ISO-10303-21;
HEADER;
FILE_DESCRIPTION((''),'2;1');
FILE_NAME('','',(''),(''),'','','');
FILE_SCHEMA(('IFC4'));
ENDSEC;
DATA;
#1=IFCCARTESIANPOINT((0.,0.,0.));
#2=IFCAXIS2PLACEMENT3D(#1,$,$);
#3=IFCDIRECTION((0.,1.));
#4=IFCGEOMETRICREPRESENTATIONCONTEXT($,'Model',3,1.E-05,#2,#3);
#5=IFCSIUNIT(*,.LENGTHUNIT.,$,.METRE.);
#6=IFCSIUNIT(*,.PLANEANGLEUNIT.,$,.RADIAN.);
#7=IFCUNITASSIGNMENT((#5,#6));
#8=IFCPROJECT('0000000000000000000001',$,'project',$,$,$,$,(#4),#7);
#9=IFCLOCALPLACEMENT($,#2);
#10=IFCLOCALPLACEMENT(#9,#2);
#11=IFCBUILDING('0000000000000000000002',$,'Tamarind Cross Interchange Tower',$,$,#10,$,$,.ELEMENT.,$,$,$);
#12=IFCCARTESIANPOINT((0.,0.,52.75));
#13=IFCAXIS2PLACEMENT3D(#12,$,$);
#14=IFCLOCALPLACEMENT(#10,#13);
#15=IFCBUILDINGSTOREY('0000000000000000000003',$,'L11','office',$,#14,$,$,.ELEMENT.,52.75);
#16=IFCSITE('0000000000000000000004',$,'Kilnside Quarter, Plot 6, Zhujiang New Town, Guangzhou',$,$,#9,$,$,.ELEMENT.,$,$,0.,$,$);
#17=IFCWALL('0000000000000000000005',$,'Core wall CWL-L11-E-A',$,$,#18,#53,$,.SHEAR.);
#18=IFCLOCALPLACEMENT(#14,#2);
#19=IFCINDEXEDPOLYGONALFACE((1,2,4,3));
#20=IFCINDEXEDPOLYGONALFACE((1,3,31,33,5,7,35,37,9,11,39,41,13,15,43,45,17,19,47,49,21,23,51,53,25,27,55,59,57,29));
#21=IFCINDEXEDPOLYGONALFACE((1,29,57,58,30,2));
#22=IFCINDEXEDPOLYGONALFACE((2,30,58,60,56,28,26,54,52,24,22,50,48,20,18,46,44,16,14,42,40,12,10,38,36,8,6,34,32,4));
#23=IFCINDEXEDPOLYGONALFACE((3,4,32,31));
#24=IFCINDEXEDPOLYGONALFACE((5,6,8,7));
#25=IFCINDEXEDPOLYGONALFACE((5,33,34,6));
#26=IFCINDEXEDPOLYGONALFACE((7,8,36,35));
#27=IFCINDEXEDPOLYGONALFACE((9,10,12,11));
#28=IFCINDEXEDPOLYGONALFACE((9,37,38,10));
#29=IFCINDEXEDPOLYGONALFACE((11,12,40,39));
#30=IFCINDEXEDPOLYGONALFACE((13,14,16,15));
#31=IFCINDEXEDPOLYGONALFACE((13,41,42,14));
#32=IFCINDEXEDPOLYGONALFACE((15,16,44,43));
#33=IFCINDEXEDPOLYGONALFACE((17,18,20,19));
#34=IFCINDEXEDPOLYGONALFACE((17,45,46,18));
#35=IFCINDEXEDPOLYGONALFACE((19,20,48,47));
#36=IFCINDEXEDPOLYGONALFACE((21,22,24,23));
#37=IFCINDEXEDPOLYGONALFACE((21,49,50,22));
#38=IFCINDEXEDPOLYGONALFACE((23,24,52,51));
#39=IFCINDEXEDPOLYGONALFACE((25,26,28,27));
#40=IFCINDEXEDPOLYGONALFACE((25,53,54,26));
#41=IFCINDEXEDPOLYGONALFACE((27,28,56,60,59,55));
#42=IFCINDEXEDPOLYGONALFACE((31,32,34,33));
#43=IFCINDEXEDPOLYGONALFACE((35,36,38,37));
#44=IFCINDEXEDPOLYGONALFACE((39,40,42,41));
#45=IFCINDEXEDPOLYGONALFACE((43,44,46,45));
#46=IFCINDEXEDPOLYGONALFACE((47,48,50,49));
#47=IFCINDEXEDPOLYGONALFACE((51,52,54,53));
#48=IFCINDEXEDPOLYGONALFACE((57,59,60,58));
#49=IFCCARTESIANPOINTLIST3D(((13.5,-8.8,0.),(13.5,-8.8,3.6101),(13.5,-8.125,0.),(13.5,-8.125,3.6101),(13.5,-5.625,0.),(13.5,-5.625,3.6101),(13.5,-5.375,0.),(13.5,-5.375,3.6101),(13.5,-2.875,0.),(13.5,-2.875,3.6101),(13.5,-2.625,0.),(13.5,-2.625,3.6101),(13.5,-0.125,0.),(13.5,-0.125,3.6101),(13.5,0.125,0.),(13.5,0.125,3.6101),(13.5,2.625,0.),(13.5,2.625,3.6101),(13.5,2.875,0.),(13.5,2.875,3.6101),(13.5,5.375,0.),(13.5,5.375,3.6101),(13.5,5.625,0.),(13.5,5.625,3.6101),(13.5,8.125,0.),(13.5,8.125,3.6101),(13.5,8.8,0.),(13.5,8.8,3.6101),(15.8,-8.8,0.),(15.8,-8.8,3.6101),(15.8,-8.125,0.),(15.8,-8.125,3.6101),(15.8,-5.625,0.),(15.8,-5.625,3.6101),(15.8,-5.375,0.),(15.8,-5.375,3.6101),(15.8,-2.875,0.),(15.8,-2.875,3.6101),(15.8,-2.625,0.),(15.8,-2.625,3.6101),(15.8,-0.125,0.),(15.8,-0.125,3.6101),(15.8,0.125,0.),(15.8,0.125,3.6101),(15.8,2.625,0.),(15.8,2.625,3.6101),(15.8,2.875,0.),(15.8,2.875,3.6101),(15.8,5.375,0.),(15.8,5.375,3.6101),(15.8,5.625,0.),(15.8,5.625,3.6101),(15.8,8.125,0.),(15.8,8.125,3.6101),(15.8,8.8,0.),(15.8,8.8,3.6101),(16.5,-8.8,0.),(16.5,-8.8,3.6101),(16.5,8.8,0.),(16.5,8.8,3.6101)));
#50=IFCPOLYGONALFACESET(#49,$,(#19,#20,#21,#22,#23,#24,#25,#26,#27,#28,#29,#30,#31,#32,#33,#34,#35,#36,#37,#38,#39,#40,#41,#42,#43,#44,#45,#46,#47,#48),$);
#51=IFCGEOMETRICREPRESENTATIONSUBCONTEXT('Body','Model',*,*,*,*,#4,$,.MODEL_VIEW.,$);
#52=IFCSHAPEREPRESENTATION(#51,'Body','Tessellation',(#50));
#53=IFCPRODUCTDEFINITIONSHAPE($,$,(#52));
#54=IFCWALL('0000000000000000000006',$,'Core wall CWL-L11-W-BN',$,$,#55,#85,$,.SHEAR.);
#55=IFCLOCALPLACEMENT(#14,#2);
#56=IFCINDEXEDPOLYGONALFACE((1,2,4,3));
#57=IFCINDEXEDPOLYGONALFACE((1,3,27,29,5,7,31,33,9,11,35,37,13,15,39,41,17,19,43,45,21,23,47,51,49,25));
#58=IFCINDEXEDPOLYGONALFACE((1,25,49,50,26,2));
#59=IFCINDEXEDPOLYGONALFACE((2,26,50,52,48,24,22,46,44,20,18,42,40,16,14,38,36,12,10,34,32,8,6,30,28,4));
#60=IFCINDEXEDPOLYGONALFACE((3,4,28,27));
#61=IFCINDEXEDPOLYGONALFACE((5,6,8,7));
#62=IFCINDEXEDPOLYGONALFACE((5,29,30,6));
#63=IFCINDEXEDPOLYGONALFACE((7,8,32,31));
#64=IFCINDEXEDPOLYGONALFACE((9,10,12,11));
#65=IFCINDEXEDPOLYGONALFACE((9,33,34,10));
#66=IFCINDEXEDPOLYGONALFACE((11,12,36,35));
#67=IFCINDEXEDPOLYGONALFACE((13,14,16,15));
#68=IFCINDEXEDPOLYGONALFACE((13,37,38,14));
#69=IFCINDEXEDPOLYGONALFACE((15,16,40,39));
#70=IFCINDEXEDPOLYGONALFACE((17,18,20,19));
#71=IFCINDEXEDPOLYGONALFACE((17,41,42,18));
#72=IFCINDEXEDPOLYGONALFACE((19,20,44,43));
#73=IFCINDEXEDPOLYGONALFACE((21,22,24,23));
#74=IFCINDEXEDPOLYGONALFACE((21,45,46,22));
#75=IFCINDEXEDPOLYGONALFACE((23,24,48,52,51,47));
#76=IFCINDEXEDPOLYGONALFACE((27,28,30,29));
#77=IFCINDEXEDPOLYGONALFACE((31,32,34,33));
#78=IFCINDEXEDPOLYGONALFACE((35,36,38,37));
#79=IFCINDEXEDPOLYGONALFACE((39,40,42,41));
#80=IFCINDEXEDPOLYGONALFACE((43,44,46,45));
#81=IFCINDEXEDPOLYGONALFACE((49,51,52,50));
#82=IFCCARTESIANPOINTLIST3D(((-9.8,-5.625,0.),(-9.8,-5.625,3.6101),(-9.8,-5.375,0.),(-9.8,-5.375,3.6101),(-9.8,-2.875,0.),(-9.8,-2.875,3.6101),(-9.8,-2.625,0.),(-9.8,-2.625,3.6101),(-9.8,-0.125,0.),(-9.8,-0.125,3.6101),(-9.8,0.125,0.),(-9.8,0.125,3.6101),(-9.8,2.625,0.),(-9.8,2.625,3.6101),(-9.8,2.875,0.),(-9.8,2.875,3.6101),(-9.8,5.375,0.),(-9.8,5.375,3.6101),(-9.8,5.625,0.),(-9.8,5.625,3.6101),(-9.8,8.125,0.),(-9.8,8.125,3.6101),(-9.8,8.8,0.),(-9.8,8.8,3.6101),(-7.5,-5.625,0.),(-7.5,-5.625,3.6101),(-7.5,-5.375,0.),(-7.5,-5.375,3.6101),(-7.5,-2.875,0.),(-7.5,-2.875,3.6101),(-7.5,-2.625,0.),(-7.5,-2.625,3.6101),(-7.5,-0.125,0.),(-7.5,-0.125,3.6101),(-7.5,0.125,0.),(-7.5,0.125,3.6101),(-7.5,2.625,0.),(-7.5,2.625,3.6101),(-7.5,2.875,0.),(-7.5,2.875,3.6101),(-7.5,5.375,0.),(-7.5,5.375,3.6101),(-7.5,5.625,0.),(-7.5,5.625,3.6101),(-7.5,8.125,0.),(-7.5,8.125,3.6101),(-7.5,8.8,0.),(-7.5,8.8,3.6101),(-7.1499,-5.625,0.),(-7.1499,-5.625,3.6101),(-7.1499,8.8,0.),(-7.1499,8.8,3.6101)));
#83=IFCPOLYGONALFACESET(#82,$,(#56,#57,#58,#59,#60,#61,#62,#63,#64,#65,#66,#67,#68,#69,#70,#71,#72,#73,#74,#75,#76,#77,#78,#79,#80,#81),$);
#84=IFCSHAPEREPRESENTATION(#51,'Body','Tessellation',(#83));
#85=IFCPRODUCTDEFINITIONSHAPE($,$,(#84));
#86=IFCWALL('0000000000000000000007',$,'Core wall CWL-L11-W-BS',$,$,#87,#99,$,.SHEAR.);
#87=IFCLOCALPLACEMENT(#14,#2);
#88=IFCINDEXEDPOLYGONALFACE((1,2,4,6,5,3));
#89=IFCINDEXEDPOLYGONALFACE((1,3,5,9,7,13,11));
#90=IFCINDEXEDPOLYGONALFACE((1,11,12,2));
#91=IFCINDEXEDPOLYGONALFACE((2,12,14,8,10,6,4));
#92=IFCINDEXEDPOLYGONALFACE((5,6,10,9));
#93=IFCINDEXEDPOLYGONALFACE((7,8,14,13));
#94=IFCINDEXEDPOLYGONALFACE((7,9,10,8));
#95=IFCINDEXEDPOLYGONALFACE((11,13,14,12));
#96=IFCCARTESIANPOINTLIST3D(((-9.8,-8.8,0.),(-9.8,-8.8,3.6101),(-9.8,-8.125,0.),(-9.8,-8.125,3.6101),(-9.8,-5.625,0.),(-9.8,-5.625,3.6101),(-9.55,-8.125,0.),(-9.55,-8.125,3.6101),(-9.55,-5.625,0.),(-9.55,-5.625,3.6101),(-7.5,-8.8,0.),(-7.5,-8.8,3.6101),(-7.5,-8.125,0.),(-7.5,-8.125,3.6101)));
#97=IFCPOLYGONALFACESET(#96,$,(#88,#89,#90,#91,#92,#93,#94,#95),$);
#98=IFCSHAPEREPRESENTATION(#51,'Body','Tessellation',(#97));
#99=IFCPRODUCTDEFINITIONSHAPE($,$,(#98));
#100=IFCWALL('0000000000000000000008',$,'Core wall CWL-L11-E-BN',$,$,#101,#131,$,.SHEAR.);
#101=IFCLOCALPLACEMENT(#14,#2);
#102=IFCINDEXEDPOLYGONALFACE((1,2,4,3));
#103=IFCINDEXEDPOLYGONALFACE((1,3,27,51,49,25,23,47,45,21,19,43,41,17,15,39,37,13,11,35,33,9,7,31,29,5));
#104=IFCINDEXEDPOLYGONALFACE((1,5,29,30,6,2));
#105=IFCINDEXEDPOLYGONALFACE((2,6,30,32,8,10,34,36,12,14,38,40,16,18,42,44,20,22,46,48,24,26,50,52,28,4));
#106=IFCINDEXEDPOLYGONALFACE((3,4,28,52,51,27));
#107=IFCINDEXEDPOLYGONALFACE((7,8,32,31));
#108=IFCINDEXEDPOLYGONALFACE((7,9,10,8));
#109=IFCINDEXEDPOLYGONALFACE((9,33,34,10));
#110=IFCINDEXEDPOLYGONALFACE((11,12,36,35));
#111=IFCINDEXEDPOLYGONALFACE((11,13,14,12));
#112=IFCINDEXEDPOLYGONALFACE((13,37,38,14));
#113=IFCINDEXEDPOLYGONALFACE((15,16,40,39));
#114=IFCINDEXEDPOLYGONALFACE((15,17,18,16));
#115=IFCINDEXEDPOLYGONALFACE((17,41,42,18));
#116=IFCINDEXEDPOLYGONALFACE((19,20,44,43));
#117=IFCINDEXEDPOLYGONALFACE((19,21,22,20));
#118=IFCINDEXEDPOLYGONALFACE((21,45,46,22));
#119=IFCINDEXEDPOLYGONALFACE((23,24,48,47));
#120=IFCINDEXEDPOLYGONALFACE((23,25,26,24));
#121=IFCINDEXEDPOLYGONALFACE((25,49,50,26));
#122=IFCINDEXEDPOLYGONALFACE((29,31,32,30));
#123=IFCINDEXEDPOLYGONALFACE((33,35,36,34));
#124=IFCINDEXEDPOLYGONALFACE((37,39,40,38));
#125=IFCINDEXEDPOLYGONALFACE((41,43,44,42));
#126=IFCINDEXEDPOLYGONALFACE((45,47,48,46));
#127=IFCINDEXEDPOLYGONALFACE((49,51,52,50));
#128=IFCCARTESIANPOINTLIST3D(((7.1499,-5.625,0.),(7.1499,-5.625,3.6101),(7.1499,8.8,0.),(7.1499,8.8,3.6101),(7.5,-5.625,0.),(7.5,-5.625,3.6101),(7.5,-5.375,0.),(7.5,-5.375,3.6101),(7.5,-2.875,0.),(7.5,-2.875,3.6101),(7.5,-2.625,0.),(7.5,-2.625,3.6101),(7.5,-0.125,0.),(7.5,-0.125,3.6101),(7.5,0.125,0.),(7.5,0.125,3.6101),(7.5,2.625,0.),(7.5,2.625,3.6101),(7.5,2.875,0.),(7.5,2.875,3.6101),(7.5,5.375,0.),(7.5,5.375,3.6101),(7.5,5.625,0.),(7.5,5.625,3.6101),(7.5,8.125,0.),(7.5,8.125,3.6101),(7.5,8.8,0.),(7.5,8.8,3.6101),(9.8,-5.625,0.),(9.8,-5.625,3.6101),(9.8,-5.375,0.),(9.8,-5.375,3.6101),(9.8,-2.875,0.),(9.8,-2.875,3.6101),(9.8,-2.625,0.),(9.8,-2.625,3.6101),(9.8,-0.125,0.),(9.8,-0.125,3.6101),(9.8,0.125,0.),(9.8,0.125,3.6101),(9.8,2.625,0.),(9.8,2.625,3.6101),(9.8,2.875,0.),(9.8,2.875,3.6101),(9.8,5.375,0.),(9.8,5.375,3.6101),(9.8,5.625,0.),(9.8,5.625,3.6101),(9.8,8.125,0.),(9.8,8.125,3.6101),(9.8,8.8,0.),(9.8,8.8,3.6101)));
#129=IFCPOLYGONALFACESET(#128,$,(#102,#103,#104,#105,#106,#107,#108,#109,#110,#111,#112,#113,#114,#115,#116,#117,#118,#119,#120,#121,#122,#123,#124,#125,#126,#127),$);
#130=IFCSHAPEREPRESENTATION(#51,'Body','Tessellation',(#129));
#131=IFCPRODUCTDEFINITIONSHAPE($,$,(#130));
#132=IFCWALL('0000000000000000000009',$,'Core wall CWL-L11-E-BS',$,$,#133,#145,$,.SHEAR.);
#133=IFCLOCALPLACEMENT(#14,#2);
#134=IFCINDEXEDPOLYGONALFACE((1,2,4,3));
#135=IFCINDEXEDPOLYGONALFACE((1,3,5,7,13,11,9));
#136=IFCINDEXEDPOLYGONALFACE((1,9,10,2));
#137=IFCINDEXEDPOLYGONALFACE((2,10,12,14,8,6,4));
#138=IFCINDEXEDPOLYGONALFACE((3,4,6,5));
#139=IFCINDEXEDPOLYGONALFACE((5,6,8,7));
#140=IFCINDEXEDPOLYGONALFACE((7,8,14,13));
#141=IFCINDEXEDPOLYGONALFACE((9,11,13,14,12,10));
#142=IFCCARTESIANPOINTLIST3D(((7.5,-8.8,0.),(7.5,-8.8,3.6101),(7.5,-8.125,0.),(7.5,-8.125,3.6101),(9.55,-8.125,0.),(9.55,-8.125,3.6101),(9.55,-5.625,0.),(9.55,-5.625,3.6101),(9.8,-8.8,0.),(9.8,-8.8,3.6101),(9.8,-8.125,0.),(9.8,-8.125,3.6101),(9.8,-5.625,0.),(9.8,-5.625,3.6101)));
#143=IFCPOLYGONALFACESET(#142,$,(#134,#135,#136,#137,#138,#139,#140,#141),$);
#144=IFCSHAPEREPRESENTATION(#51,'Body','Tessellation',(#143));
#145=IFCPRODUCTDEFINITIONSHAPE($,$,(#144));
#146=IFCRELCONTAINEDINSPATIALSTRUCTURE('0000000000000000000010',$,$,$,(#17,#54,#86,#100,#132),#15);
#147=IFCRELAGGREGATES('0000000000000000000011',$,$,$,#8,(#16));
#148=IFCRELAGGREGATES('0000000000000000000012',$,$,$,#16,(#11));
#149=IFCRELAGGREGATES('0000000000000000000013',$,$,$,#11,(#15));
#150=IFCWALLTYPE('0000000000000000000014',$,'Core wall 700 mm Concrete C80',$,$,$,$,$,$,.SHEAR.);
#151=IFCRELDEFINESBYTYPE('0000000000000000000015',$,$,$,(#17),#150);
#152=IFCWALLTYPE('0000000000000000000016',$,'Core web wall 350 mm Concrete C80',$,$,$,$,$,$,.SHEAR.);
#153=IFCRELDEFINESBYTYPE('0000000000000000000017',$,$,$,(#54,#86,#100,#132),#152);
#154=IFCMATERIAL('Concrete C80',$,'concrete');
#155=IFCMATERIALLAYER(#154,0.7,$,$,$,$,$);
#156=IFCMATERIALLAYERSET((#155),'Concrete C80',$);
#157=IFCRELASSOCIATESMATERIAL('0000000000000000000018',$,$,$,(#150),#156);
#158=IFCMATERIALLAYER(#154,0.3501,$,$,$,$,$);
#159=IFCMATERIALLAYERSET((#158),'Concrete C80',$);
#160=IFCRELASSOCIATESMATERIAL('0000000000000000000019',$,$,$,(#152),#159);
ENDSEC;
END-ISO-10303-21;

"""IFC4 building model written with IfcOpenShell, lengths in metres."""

from ifc_helpers import new_model, si_unit, direction, frame, origin, place, context, subcontext, project, spatial, polyline, outline, extrude, material, layer, layer_set, type_object, element, save


model = new_model("IFC4")

# Units and contexts
model_context = context("Model", 3, precision=1e-05, world=origin(), true_north=direction((0.0, 1.0)))
body_context = subcontext(model_context, "Body", "Model", "MODEL_VIEW")
ifc_project = project(units=[si_unit("LENGTHUNIT", "METRE"), si_unit("PLANEANGLEUNIT", "RADIAN")], contexts=[model_context])

# Site, building, storey
site_placement = place(None, origin())
site = spatial("IfcSite", under=ifc_project, at=site_placement, Name="Kilnside Quarter, Plot 6, Zhujiang New Town, Guangzhou", CompositionType="ELEMENT", RefElevation=0.0)
building_placement = place(site_placement, origin())
building = spatial("IfcBuilding", under=site, at=building_placement, Name="Tamarind Cross Interchange Tower", CompositionType="ELEMENT")
storey_placement = place(building_placement, frame((0.0, 0.0, 52.75)))
storey = spatial("IfcBuildingStorey", under=building, at=storey_placement, Name="L11", Description="office", CompositionType="ELEMENT", Elevation=52.75)

# Walls
ifc_material_1 = material(Name="Concrete C80", Category="concrete")
ifc_layer_1 = layer(ifc_material_1, 0.7)
ifc_layer_set_1 = layer_set([ifc_layer_1], Name="Concrete C80")
wall_type_1 = type_object("IfcWallType", Name="Core wall 700 mm Concrete C80", PredefinedType="SHEAR", material=ifc_layer_set_1)
wall_1_placement = place(storey_placement, origin())
element("IfcWall", 1, at=wall_1_placement, inside=storey, type_object=wall_type_1, Name="Core wall CWL-L11-E-A", PredefinedType="SHEAR", context=body_context, shape_type="SweptSolid", body=[
    extrude(outline(polyline([(13.5, -8.8), (15.8, -8.8), (16.5, -8.8), (16.5, 8.8), (15.8, 8.8), (13.5, 8.8), (13.5, 8.125), (15.8, 8.125), (15.8, 5.625), (13.5, 5.625), (13.5, 5.375), (15.8, 5.375), (15.8, 2.875), (13.5, 2.875), (13.5, 2.625), (15.8, 2.625), (15.8, 0.125), (13.5, 0.125), (13.5, -0.125), (15.8, -0.125), (15.8, -2.625), (13.5, -2.625), (13.5, -2.875), (15.8, -2.875), (15.8, -5.375), (13.5, -5.375), (13.5, -5.625), (15.8, -5.625), (15.8, -8.125), (13.5, -8.125), (13.5, -8.8)])), origin(), (0.0, 0.0, 1.0), 3.6101),
])
ifc_layer_2 = layer(ifc_material_1, 0.3501)
ifc_layer_set_2 = layer_set([ifc_layer_2], Name="Concrete C80")
wall_type_2 = type_object("IfcWallType", Name="Core web wall 350 mm Concrete C80", PredefinedType="SHEAR", material=ifc_layer_set_2)
wall_2_placement = place(storey_placement, origin())
element("IfcWall", 2, at=wall_2_placement, inside=storey, type_object=wall_type_2, Name="Core wall CWL-L11-W-BN", PredefinedType="SHEAR", context=body_context, shape_type="SweptSolid", body=[
    extrude(outline(polyline([(-9.8, -5.375), (-9.8, -5.625), (-7.5, -5.625), (-7.1499, -5.625), (-7.1499, 8.8), (-7.5, 8.8), (-9.8, 8.8), (-9.8, 8.125), (-7.5, 8.125), (-7.5, 5.625), (-9.8, 5.625), (-9.8, 5.375), (-7.5, 5.375), (-7.5, 2.875), (-9.8, 2.875), (-9.8, 2.625), (-7.5, 2.625), (-7.5, 0.125), (-9.8, 0.125), (-9.8, -0.125), (-7.5, -0.125), (-7.5, -2.625), (-9.8, -2.625), (-9.8, -2.875), (-7.5, -2.875), (-7.5, -5.375), (-9.8, -5.375)])), origin(), (0.0, 0.0, 1.0), 3.6101),
])
wall_3_placement = place(storey_placement, origin())
element("IfcWall", 3, at=wall_3_placement, inside=storey, type_object=wall_type_2, Name="Core wall CWL-L11-W-BS", PredefinedType="SHEAR", context=body_context, shape_type="SweptSolid", body=[
    extrude(outline(polyline([(-7.5, -8.125), (-9.55, -8.125), (-9.55, -5.625), (-9.8, -5.625), (-9.8, -8.125), (-9.8, -8.8), (-7.5, -8.8), (-7.5, -8.125)])), origin(), (0.0, 0.0, 1.0), 3.6101),
])
wall_4_placement = place(storey_placement, origin())
element("IfcWall", 4, at=wall_4_placement, inside=storey, type_object=wall_type_2, Name="Core wall CWL-L11-E-BN", PredefinedType="SHEAR", context=body_context, shape_type="SweptSolid", body=[
    extrude(outline(polyline([(9.8, -5.375), (7.5, -5.375), (7.5, -2.875), (9.8, -2.875), (9.8, -2.625), (7.5, -2.625), (7.5, -0.125), (9.8, -0.125), (9.8, 0.125), (7.5, 0.125), (7.5, 2.625), (9.8, 2.625), (9.8, 2.875), (7.5, 2.875), (7.5, 5.375), (9.8, 5.375), (9.8, 5.625), (7.5, 5.625), (7.5, 8.125), (9.8, 8.125), (9.8, 8.8), (7.5, 8.8), (7.1499, 8.8), (7.1499, -5.625), (7.5, -5.625), (9.8, -5.625), (9.8, -5.375)])), origin(), (0.0, 0.0, 1.0), 3.6101),
])
wall_5_placement = place(storey_placement, origin())
element("IfcWall", 5, at=wall_5_placement, inside=storey, type_object=wall_type_2, Name="Core wall CWL-L11-E-BS", PredefinedType="SHEAR", context=body_context, shape_type="SweptSolid", body=[
    extrude(outline(polyline([(7.5, -8.125), (7.5, -8.8), (9.8, -8.8), (9.8, -8.125), (9.8, -5.625), (9.55, -5.625), (9.55, -8.125), (7.5, -8.125)])), origin(), (0.0, 0.0, 1.0), 3.6101),
])

save(model, "model.ifc")
